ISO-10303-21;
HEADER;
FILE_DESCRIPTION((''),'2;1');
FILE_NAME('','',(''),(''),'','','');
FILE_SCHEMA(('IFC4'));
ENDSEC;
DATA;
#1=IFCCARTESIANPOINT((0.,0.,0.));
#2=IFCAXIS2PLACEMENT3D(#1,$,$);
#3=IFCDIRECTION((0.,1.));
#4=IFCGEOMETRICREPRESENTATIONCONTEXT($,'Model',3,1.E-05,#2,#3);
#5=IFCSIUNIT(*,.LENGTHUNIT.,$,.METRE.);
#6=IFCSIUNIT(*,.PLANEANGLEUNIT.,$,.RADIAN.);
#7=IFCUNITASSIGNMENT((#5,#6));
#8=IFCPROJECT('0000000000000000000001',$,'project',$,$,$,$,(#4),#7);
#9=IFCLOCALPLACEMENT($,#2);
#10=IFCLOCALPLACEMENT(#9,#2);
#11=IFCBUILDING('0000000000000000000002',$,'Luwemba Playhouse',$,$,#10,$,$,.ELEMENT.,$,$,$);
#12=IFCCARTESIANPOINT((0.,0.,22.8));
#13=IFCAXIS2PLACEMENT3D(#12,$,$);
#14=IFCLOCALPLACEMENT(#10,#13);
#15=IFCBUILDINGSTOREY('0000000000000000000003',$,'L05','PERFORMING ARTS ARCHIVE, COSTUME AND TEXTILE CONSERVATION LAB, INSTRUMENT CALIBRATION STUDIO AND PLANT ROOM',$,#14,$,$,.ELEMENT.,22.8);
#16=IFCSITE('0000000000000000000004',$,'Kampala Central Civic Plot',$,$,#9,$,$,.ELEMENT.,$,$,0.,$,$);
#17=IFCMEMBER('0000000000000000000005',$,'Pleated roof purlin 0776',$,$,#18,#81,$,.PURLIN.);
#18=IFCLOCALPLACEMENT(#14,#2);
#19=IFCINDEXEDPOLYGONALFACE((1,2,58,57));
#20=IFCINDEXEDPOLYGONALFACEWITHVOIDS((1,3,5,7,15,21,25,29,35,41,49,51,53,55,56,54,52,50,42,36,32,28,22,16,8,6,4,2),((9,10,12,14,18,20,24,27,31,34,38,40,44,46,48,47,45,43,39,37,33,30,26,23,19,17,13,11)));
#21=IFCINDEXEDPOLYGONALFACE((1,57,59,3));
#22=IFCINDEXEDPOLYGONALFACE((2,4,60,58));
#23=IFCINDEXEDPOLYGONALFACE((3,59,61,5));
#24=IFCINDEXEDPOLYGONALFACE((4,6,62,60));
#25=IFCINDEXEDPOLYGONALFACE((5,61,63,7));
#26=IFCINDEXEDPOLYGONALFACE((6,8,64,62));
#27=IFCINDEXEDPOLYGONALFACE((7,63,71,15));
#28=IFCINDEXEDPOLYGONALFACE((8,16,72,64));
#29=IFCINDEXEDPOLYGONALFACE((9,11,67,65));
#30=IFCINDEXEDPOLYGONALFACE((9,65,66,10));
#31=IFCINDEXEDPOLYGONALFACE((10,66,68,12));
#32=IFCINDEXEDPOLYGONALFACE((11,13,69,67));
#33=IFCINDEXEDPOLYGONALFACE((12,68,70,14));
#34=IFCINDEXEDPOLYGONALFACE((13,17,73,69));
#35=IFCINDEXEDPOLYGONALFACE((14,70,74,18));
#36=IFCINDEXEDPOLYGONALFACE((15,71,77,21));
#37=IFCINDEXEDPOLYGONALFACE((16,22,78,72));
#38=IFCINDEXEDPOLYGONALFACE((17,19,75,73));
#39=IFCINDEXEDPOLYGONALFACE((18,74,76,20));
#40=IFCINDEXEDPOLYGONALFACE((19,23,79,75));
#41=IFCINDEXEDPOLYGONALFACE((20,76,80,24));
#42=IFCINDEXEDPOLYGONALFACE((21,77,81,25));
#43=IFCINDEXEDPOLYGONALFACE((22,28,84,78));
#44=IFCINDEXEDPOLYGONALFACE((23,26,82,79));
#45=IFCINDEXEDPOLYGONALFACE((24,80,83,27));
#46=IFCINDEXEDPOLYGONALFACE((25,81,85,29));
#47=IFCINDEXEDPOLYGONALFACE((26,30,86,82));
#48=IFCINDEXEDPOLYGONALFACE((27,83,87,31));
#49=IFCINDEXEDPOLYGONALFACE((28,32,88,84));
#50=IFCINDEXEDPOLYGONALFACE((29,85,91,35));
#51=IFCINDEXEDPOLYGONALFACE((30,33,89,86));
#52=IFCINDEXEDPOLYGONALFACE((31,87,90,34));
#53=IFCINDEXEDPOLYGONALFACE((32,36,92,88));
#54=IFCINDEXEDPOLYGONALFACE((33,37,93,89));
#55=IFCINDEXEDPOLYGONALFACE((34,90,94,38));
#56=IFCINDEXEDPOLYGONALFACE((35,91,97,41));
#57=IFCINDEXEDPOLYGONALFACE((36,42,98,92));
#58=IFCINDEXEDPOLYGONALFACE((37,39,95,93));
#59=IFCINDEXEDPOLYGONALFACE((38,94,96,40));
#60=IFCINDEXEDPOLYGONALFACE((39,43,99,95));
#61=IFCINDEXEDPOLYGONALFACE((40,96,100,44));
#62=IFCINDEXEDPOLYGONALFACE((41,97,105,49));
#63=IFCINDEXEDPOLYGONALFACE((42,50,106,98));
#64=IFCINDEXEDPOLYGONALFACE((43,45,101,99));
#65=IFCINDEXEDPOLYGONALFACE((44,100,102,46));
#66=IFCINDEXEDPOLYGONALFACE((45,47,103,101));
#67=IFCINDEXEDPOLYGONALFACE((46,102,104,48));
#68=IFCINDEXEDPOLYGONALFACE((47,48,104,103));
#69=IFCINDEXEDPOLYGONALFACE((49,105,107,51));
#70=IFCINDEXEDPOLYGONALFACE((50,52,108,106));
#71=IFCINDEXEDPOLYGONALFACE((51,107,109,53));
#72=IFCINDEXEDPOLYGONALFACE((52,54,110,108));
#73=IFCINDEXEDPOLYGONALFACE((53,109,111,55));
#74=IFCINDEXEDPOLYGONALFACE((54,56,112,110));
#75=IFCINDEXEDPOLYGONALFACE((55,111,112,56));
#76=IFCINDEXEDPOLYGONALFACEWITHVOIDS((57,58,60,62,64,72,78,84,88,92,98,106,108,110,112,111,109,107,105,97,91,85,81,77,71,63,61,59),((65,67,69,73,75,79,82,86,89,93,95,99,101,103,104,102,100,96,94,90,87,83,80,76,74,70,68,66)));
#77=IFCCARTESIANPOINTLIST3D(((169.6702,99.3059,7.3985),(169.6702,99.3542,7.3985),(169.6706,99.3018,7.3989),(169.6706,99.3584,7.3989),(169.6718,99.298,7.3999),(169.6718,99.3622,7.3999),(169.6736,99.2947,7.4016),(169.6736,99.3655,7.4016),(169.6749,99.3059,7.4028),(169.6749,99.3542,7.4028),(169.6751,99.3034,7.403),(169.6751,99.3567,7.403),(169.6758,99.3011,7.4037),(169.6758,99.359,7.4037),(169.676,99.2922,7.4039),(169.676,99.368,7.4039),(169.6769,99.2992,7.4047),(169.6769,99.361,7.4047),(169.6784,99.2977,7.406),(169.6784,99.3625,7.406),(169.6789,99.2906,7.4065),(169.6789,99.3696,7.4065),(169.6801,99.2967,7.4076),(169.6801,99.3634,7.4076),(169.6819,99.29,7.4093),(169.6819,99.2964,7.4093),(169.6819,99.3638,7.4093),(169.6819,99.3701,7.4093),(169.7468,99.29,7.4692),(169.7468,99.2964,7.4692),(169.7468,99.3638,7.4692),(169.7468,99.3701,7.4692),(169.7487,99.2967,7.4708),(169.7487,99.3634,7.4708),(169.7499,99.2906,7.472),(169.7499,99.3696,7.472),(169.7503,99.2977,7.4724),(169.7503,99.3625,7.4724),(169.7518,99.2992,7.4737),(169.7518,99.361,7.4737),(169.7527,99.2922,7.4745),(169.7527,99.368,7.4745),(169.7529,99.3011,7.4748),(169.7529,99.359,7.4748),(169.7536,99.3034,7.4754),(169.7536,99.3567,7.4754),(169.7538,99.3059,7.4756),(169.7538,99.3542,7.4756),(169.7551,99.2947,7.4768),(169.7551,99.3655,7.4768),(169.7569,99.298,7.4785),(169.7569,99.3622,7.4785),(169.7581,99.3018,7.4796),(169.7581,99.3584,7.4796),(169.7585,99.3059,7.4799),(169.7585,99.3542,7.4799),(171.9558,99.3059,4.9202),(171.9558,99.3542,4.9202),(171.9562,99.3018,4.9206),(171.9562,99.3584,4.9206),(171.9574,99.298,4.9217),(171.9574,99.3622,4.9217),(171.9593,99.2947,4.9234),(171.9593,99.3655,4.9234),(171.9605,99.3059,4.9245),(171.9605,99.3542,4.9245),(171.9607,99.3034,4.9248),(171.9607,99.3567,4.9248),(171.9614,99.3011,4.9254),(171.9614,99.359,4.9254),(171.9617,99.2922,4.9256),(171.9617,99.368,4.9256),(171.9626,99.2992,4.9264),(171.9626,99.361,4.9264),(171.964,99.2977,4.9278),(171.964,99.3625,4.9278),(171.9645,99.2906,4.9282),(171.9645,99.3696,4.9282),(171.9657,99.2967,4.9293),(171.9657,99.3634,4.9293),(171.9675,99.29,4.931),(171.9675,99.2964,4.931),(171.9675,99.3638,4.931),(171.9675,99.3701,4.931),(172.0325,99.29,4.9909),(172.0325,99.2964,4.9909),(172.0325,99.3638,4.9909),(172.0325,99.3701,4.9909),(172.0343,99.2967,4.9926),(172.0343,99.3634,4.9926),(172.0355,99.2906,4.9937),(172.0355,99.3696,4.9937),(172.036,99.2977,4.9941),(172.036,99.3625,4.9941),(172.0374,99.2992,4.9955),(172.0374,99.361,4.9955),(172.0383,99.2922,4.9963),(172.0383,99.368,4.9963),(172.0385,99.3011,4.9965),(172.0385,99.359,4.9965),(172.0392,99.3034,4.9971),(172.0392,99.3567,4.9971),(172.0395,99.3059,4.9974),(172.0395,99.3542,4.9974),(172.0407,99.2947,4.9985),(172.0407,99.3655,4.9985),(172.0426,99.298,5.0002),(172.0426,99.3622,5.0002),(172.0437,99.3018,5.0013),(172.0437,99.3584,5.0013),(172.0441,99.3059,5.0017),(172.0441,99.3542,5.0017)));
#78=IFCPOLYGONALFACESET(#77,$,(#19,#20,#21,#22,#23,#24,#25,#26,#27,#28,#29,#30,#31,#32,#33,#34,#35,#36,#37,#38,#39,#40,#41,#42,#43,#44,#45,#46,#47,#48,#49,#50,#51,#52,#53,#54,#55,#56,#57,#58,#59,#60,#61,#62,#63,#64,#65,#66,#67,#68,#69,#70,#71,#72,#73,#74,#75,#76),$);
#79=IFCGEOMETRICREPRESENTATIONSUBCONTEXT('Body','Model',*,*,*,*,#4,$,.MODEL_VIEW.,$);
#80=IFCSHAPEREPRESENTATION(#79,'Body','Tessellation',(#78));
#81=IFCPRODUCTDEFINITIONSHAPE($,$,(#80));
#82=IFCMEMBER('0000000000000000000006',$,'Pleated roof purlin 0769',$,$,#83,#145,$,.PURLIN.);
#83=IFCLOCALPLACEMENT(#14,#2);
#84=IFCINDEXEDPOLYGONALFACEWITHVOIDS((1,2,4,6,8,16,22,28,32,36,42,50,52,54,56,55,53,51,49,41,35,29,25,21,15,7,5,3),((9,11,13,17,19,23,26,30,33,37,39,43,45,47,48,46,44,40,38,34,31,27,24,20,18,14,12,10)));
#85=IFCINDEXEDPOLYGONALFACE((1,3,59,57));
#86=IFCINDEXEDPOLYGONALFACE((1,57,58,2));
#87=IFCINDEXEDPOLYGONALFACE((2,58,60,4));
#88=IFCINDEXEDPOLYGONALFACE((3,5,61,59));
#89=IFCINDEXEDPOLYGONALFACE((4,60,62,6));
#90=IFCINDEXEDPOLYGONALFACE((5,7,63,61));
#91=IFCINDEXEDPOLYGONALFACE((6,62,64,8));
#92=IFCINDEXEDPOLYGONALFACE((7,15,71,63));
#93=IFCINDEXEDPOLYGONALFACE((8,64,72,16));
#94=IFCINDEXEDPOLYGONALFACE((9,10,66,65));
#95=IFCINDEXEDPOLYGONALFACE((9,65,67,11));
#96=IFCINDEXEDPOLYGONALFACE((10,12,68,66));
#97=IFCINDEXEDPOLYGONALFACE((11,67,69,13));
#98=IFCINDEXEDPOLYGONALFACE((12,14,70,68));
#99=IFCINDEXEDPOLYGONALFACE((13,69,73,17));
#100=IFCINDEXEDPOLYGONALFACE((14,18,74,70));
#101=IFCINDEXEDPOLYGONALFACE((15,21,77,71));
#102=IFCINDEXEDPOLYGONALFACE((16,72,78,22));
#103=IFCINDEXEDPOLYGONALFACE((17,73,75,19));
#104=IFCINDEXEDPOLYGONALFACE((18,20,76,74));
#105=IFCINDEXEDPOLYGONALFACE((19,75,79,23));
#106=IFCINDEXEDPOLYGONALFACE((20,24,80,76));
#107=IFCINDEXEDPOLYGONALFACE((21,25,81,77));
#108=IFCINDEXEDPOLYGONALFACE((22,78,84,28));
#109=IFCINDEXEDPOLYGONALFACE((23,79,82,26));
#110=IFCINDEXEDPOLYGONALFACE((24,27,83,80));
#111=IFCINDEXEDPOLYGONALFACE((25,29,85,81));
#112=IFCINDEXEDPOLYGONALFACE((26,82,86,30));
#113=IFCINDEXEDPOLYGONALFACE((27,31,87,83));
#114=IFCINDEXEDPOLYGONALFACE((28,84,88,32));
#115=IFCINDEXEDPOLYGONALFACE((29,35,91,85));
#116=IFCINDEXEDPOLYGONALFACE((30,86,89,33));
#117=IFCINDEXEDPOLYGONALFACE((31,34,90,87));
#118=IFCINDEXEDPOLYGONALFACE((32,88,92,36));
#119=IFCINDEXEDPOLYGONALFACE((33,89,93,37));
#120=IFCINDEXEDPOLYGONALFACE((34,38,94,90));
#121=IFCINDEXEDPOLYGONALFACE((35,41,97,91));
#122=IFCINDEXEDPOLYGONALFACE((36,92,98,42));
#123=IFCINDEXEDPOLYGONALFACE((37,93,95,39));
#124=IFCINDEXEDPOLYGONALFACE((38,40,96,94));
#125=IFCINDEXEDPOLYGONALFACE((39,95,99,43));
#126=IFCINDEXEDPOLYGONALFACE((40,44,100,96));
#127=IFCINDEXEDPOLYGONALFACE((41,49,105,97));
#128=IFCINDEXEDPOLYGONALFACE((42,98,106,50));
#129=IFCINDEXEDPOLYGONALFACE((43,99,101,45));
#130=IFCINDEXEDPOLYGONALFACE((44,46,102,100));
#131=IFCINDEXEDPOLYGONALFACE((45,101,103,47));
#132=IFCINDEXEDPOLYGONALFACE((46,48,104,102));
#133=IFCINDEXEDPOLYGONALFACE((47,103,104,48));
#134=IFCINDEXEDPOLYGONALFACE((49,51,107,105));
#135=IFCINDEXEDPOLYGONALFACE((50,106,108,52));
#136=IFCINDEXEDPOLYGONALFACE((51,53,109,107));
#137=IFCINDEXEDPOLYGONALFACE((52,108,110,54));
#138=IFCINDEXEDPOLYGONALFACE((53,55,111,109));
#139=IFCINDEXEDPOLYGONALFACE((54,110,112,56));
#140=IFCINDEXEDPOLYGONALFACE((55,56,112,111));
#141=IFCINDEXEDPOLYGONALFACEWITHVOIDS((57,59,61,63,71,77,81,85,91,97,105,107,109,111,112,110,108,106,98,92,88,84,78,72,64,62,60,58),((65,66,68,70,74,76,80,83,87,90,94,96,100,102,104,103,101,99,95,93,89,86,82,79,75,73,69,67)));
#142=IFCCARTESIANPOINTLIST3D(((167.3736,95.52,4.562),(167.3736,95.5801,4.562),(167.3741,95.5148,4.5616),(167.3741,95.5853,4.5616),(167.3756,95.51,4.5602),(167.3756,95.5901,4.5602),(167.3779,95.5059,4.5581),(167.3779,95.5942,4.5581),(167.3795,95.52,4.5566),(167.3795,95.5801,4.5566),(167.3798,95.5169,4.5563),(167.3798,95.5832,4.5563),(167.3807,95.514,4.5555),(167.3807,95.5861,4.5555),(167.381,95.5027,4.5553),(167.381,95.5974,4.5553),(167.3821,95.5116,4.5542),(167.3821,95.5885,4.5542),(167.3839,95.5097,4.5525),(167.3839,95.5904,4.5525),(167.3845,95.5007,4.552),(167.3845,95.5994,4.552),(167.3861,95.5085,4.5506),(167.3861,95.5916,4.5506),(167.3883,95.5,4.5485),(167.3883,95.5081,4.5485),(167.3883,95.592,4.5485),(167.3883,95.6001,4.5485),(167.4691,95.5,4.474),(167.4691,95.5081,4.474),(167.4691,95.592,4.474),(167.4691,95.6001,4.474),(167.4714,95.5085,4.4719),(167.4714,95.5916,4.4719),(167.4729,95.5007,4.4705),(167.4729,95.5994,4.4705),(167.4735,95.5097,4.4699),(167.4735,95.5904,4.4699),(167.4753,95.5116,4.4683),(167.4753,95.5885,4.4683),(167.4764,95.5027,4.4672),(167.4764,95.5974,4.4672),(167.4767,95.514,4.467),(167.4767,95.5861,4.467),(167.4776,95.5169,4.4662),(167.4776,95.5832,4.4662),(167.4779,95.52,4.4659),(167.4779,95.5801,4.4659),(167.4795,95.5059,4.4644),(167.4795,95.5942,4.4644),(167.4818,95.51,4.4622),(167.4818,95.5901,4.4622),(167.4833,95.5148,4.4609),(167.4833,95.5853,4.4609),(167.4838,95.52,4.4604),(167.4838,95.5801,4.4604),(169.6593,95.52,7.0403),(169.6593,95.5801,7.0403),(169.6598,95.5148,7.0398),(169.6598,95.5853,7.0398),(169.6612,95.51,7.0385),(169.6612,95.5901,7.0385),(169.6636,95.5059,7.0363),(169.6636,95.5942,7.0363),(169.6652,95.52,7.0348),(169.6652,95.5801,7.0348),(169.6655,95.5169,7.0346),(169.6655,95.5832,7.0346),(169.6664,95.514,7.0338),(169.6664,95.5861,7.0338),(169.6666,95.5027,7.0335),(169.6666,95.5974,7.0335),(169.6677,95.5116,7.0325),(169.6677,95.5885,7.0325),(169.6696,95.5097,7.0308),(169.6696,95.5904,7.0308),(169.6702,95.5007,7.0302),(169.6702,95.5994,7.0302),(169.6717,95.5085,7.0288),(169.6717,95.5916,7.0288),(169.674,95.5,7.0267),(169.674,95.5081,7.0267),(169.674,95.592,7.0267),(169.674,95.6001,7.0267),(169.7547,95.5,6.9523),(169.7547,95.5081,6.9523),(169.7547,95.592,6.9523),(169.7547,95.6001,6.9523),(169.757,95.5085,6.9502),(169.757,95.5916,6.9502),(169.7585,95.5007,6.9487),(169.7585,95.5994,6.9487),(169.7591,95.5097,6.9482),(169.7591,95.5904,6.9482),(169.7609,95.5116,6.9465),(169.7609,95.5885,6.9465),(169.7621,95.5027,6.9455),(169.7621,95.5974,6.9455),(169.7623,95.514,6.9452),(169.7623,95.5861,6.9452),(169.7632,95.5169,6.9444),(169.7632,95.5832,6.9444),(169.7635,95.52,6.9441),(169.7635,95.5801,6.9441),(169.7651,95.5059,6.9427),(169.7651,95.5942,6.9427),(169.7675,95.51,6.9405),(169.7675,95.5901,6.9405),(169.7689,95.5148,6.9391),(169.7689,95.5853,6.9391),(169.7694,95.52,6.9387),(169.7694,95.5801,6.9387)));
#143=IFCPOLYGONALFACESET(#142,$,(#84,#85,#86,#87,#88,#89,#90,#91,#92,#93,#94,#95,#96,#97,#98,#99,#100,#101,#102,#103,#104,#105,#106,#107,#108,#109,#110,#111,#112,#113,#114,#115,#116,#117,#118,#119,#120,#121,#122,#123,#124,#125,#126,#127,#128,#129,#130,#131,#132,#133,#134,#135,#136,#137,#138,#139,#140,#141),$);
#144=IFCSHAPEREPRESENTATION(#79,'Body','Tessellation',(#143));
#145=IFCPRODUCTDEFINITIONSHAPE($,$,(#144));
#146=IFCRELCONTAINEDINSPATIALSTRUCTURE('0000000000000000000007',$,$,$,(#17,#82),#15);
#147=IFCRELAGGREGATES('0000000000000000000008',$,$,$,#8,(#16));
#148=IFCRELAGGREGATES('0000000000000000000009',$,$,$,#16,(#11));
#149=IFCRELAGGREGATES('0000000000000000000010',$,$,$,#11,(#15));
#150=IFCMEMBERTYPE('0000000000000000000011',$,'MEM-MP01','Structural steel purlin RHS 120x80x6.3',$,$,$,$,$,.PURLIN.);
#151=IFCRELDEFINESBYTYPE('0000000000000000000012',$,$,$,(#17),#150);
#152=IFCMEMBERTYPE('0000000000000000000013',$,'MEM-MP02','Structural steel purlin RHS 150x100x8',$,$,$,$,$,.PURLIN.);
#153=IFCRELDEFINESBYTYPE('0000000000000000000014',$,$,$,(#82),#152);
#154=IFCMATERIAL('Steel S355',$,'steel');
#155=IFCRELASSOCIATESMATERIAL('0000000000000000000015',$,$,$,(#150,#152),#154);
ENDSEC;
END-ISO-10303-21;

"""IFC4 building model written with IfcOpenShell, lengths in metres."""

from ifc_helpers import new_model, si_unit, direction, frame, origin, origin_2d, place, context, subcontext, project, spatial, hollow_rectangle, extrude, material, material_profile, profile_set, type_object, element, save


model = new_model("IFC4")

# Units and contexts
model_context = context("Model", 3, precision=1e-05, world=origin(), true_north=direction((0.0, 1.0)))
body_context = subcontext(model_context, "Body", "Model", "MODEL_VIEW")
ifc_project = project(units=[si_unit("LENGTHUNIT", "METRE"), si_unit("PLANEANGLEUNIT", "RADIAN")], contexts=[model_context])

# Site, building, storey
site_placement = place(None, origin())
site = spatial("IfcSite", under=ifc_project, at=site_placement, Name="Kampala Central Civic Plot", CompositionType="ELEMENT", RefElevation=0.0)
building_placement = place(site_placement, origin())
building = spatial("IfcBuilding", under=site, at=building_placement, Name="Luwemba Playhouse", CompositionType="ELEMENT")
storey_placement = place(building_placement, frame((0.0, 0.0, 22.8)))
storey = spatial("IfcBuildingStorey", under=building, at=storey_placement, Name="L05", Description="PERFORMING ARTS ARCHIVE, COSTUME AND TEXTILE CONSERVATION LAB, INSTRUMENT CALIBRATION STUDIO AND PLANT ROOM", CompositionType="ELEMENT", Elevation=22.8)

# Shared definitions
ifc_material_1 = material(Name="Steel S355", Category="steel")

# Members
ifc_material_profile_1 = material_profile(ifc_material_1, hollow_rectangle(XDim=0.0801, YDim=0.1201, WallThickness=0.0063, InnerFilletRadius=0.0095, OuterFilletRadius=0.0159, at=origin_2d()))
ifc_profile_set_1 = profile_set([ifc_material_profile_1], Name="Steel S355")
member_type_1 = type_object("IfcMemberType", Name="MEM-MP01", Description="Structural steel purlin RHS 120x80x6.3", PredefinedType="PURLIN", material=ifc_profile_set_1)
member_1_placement = place(storey_placement, frame((169.7144, 99.3301, 7.4392), z_axis=(0.677961, 0.0, -0.735098), x_axis=(0.0, 1.0, 0.0)))
element("IfcMember", 1, at=member_1_placement, inside=storey, type_object=member_type_1, Name="Pleated roof purlin 0776", PredefinedType="PURLIN", context=body_context, shape_type="SweptSolid", body=[
    extrude(hollow_rectangle(XDim=0.0801, YDim=0.1201, WallThickness=0.0063, InnerFilletRadius=0.0095, OuterFilletRadius=0.0159, at=origin_2d()), origin(), (0.0, 0.0, 1.0), 3.3713),
])
ifc_material_profile_2 = material_profile(ifc_material_1, hollow_rectangle(XDim=0.1001, YDim=0.1499, WallThickness=0.0081, InnerFilletRadius=0.012, OuterFilletRadius=0.02, at=origin_2d()))
ifc_profile_set_2 = profile_set([ifc_material_profile_2], Name="Steel S355")
member_type_2 = type_object("IfcMemberType", Name="MEM-MP02", Description="Structural steel purlin RHS 150x100x8", PredefinedType="PURLIN", material=ifc_profile_set_2)
member_2_placement = place(storey_placement, frame((167.4287, 95.55, 4.5112), z_axis=(0.677961, 0.0, 0.735098), x_axis=(0.0, 1.0, 0.0)))
element("IfcMember", 2, at=member_2_placement, inside=storey, type_object=member_type_2, Name="Pleated roof purlin 0769", PredefinedType="PURLIN", context=body_context, shape_type="SweptSolid", body=[
    extrude(hollow_rectangle(XDim=0.1001, YDim=0.1499, WallThickness=0.0081, InnerFilletRadius=0.012, OuterFilletRadius=0.02, at=origin_2d()), origin(), (0.0, 0.0, 1.0), 3.3713),
])

save(model, "model.ifc")
